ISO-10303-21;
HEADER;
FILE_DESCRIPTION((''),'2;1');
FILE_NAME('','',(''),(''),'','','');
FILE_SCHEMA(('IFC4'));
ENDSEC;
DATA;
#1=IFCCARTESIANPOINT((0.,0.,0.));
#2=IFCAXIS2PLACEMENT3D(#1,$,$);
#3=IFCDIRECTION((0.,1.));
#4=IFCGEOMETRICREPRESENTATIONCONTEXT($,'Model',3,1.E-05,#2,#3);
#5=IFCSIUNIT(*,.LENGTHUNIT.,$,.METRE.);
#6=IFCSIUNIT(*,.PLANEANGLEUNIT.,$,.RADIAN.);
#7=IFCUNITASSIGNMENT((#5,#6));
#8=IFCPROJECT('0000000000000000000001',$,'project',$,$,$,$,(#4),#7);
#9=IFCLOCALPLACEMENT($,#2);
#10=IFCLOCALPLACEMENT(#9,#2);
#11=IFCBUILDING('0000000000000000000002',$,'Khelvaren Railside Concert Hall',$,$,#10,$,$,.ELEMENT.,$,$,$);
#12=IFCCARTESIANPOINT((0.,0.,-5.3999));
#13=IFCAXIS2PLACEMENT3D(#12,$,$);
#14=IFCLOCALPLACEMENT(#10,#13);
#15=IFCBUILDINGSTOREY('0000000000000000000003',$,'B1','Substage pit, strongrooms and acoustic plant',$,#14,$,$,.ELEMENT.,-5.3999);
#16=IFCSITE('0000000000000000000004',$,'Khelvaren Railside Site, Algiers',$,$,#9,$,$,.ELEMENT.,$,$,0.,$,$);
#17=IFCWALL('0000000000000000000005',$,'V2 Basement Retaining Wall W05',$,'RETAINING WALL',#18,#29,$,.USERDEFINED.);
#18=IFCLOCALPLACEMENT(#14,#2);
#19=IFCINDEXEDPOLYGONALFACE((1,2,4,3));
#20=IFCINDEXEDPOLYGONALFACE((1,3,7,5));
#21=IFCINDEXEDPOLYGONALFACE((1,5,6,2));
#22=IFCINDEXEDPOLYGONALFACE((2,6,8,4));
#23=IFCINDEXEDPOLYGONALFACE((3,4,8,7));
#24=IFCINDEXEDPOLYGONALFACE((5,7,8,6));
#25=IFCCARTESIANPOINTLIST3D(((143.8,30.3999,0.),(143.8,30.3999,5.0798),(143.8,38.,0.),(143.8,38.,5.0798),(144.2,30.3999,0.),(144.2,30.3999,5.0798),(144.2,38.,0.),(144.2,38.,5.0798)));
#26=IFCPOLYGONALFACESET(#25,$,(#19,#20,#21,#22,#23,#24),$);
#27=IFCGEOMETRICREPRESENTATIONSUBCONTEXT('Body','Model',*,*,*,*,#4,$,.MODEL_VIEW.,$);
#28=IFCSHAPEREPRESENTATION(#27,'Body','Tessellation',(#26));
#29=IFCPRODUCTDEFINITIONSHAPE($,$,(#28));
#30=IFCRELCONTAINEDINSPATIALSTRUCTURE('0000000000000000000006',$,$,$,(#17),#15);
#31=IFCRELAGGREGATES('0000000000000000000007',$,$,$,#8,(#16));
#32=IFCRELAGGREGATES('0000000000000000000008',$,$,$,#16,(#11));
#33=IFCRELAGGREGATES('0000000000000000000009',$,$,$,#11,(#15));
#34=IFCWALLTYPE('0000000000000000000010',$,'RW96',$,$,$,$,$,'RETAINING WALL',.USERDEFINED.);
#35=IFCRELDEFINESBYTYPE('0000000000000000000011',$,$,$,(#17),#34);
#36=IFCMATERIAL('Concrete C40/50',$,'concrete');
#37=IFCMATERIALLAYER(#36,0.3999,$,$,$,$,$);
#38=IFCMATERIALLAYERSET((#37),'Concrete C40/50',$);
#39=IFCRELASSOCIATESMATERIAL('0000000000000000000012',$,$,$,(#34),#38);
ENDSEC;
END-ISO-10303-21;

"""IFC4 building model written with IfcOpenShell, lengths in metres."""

from ifc_helpers import new_model, si_unit, direction, frame, frame_2d, origin, place, context, subcontext, project, spatial, rectangle, extrude, material, layer, layer_set, type_object, element, save


model = new_model("IFC4")

# Units and contexts
model_context = context("Model", 3, precision=1e-05, world=origin(), true_north=direction((0.0, 1.0)))
body_context = subcontext(model_context, "Body", "Model", "MODEL_VIEW")
ifc_project = project(units=[si_unit("LENGTHUNIT", "METRE"), si_unit("PLANEANGLEUNIT", "RADIAN")], contexts=[model_context])

# Site, building, storey
site_placement = place(None, origin())
site = spatial("IfcSite", under=ifc_project, at=site_placement, Name="Khelvaren Railside Site, Algiers", CompositionType="ELEMENT", RefElevation=0.0)
building_placement = place(site_placement, origin())
building = spatial("IfcBuilding", under=site, at=building_placement, Name="Khelvaren Railside Concert Hall", CompositionType="ELEMENT")
storey_placement = place(building_placement, frame((0.0, 0.0, -5.3999)))
storey = spatial("IfcBuildingStorey", under=building, at=storey_placement, Name="B1", Description="Substage pit, strongrooms and acoustic plant", CompositionType="ELEMENT", Elevation=-5.3999)

# Wall
ifc_material_1 = material(Name="Concrete C40/50", Category="concrete")
ifc_layer_1 = layer(ifc_material_1, 0.3999)
ifc_layer_set_1 = layer_set([ifc_layer_1], Name="Concrete C40/50")
wall_type_1 = type_object("IfcWallType", Name="RW96", ElementType="RETAINING WALL", PredefinedType="USERDEFINED", material=ifc_layer_set_1)
wall_1_placement = place(storey_placement, frame((144.0, 38.0, 0.0), z_axis=(0.0, 0.0, 1.0), x_axis=(0.0, -1.0, 0.0)))
element("IfcWall", 1, at=wall_1_placement, inside=storey, type_object=wall_type_1, Name="V2 Basement Retaining Wall W05", ObjectType="RETAINING WALL", PredefinedType="USERDEFINED", context=body_context, shape_type="SweptSolid", body=[
    extrude(rectangle(XDim=7.6001, YDim=0.3999, at=frame_2d((3.8, 0.0))), origin(), (0.0, 0.0, 1.0), 5.0798),
])

save(model, "model.ifc")
